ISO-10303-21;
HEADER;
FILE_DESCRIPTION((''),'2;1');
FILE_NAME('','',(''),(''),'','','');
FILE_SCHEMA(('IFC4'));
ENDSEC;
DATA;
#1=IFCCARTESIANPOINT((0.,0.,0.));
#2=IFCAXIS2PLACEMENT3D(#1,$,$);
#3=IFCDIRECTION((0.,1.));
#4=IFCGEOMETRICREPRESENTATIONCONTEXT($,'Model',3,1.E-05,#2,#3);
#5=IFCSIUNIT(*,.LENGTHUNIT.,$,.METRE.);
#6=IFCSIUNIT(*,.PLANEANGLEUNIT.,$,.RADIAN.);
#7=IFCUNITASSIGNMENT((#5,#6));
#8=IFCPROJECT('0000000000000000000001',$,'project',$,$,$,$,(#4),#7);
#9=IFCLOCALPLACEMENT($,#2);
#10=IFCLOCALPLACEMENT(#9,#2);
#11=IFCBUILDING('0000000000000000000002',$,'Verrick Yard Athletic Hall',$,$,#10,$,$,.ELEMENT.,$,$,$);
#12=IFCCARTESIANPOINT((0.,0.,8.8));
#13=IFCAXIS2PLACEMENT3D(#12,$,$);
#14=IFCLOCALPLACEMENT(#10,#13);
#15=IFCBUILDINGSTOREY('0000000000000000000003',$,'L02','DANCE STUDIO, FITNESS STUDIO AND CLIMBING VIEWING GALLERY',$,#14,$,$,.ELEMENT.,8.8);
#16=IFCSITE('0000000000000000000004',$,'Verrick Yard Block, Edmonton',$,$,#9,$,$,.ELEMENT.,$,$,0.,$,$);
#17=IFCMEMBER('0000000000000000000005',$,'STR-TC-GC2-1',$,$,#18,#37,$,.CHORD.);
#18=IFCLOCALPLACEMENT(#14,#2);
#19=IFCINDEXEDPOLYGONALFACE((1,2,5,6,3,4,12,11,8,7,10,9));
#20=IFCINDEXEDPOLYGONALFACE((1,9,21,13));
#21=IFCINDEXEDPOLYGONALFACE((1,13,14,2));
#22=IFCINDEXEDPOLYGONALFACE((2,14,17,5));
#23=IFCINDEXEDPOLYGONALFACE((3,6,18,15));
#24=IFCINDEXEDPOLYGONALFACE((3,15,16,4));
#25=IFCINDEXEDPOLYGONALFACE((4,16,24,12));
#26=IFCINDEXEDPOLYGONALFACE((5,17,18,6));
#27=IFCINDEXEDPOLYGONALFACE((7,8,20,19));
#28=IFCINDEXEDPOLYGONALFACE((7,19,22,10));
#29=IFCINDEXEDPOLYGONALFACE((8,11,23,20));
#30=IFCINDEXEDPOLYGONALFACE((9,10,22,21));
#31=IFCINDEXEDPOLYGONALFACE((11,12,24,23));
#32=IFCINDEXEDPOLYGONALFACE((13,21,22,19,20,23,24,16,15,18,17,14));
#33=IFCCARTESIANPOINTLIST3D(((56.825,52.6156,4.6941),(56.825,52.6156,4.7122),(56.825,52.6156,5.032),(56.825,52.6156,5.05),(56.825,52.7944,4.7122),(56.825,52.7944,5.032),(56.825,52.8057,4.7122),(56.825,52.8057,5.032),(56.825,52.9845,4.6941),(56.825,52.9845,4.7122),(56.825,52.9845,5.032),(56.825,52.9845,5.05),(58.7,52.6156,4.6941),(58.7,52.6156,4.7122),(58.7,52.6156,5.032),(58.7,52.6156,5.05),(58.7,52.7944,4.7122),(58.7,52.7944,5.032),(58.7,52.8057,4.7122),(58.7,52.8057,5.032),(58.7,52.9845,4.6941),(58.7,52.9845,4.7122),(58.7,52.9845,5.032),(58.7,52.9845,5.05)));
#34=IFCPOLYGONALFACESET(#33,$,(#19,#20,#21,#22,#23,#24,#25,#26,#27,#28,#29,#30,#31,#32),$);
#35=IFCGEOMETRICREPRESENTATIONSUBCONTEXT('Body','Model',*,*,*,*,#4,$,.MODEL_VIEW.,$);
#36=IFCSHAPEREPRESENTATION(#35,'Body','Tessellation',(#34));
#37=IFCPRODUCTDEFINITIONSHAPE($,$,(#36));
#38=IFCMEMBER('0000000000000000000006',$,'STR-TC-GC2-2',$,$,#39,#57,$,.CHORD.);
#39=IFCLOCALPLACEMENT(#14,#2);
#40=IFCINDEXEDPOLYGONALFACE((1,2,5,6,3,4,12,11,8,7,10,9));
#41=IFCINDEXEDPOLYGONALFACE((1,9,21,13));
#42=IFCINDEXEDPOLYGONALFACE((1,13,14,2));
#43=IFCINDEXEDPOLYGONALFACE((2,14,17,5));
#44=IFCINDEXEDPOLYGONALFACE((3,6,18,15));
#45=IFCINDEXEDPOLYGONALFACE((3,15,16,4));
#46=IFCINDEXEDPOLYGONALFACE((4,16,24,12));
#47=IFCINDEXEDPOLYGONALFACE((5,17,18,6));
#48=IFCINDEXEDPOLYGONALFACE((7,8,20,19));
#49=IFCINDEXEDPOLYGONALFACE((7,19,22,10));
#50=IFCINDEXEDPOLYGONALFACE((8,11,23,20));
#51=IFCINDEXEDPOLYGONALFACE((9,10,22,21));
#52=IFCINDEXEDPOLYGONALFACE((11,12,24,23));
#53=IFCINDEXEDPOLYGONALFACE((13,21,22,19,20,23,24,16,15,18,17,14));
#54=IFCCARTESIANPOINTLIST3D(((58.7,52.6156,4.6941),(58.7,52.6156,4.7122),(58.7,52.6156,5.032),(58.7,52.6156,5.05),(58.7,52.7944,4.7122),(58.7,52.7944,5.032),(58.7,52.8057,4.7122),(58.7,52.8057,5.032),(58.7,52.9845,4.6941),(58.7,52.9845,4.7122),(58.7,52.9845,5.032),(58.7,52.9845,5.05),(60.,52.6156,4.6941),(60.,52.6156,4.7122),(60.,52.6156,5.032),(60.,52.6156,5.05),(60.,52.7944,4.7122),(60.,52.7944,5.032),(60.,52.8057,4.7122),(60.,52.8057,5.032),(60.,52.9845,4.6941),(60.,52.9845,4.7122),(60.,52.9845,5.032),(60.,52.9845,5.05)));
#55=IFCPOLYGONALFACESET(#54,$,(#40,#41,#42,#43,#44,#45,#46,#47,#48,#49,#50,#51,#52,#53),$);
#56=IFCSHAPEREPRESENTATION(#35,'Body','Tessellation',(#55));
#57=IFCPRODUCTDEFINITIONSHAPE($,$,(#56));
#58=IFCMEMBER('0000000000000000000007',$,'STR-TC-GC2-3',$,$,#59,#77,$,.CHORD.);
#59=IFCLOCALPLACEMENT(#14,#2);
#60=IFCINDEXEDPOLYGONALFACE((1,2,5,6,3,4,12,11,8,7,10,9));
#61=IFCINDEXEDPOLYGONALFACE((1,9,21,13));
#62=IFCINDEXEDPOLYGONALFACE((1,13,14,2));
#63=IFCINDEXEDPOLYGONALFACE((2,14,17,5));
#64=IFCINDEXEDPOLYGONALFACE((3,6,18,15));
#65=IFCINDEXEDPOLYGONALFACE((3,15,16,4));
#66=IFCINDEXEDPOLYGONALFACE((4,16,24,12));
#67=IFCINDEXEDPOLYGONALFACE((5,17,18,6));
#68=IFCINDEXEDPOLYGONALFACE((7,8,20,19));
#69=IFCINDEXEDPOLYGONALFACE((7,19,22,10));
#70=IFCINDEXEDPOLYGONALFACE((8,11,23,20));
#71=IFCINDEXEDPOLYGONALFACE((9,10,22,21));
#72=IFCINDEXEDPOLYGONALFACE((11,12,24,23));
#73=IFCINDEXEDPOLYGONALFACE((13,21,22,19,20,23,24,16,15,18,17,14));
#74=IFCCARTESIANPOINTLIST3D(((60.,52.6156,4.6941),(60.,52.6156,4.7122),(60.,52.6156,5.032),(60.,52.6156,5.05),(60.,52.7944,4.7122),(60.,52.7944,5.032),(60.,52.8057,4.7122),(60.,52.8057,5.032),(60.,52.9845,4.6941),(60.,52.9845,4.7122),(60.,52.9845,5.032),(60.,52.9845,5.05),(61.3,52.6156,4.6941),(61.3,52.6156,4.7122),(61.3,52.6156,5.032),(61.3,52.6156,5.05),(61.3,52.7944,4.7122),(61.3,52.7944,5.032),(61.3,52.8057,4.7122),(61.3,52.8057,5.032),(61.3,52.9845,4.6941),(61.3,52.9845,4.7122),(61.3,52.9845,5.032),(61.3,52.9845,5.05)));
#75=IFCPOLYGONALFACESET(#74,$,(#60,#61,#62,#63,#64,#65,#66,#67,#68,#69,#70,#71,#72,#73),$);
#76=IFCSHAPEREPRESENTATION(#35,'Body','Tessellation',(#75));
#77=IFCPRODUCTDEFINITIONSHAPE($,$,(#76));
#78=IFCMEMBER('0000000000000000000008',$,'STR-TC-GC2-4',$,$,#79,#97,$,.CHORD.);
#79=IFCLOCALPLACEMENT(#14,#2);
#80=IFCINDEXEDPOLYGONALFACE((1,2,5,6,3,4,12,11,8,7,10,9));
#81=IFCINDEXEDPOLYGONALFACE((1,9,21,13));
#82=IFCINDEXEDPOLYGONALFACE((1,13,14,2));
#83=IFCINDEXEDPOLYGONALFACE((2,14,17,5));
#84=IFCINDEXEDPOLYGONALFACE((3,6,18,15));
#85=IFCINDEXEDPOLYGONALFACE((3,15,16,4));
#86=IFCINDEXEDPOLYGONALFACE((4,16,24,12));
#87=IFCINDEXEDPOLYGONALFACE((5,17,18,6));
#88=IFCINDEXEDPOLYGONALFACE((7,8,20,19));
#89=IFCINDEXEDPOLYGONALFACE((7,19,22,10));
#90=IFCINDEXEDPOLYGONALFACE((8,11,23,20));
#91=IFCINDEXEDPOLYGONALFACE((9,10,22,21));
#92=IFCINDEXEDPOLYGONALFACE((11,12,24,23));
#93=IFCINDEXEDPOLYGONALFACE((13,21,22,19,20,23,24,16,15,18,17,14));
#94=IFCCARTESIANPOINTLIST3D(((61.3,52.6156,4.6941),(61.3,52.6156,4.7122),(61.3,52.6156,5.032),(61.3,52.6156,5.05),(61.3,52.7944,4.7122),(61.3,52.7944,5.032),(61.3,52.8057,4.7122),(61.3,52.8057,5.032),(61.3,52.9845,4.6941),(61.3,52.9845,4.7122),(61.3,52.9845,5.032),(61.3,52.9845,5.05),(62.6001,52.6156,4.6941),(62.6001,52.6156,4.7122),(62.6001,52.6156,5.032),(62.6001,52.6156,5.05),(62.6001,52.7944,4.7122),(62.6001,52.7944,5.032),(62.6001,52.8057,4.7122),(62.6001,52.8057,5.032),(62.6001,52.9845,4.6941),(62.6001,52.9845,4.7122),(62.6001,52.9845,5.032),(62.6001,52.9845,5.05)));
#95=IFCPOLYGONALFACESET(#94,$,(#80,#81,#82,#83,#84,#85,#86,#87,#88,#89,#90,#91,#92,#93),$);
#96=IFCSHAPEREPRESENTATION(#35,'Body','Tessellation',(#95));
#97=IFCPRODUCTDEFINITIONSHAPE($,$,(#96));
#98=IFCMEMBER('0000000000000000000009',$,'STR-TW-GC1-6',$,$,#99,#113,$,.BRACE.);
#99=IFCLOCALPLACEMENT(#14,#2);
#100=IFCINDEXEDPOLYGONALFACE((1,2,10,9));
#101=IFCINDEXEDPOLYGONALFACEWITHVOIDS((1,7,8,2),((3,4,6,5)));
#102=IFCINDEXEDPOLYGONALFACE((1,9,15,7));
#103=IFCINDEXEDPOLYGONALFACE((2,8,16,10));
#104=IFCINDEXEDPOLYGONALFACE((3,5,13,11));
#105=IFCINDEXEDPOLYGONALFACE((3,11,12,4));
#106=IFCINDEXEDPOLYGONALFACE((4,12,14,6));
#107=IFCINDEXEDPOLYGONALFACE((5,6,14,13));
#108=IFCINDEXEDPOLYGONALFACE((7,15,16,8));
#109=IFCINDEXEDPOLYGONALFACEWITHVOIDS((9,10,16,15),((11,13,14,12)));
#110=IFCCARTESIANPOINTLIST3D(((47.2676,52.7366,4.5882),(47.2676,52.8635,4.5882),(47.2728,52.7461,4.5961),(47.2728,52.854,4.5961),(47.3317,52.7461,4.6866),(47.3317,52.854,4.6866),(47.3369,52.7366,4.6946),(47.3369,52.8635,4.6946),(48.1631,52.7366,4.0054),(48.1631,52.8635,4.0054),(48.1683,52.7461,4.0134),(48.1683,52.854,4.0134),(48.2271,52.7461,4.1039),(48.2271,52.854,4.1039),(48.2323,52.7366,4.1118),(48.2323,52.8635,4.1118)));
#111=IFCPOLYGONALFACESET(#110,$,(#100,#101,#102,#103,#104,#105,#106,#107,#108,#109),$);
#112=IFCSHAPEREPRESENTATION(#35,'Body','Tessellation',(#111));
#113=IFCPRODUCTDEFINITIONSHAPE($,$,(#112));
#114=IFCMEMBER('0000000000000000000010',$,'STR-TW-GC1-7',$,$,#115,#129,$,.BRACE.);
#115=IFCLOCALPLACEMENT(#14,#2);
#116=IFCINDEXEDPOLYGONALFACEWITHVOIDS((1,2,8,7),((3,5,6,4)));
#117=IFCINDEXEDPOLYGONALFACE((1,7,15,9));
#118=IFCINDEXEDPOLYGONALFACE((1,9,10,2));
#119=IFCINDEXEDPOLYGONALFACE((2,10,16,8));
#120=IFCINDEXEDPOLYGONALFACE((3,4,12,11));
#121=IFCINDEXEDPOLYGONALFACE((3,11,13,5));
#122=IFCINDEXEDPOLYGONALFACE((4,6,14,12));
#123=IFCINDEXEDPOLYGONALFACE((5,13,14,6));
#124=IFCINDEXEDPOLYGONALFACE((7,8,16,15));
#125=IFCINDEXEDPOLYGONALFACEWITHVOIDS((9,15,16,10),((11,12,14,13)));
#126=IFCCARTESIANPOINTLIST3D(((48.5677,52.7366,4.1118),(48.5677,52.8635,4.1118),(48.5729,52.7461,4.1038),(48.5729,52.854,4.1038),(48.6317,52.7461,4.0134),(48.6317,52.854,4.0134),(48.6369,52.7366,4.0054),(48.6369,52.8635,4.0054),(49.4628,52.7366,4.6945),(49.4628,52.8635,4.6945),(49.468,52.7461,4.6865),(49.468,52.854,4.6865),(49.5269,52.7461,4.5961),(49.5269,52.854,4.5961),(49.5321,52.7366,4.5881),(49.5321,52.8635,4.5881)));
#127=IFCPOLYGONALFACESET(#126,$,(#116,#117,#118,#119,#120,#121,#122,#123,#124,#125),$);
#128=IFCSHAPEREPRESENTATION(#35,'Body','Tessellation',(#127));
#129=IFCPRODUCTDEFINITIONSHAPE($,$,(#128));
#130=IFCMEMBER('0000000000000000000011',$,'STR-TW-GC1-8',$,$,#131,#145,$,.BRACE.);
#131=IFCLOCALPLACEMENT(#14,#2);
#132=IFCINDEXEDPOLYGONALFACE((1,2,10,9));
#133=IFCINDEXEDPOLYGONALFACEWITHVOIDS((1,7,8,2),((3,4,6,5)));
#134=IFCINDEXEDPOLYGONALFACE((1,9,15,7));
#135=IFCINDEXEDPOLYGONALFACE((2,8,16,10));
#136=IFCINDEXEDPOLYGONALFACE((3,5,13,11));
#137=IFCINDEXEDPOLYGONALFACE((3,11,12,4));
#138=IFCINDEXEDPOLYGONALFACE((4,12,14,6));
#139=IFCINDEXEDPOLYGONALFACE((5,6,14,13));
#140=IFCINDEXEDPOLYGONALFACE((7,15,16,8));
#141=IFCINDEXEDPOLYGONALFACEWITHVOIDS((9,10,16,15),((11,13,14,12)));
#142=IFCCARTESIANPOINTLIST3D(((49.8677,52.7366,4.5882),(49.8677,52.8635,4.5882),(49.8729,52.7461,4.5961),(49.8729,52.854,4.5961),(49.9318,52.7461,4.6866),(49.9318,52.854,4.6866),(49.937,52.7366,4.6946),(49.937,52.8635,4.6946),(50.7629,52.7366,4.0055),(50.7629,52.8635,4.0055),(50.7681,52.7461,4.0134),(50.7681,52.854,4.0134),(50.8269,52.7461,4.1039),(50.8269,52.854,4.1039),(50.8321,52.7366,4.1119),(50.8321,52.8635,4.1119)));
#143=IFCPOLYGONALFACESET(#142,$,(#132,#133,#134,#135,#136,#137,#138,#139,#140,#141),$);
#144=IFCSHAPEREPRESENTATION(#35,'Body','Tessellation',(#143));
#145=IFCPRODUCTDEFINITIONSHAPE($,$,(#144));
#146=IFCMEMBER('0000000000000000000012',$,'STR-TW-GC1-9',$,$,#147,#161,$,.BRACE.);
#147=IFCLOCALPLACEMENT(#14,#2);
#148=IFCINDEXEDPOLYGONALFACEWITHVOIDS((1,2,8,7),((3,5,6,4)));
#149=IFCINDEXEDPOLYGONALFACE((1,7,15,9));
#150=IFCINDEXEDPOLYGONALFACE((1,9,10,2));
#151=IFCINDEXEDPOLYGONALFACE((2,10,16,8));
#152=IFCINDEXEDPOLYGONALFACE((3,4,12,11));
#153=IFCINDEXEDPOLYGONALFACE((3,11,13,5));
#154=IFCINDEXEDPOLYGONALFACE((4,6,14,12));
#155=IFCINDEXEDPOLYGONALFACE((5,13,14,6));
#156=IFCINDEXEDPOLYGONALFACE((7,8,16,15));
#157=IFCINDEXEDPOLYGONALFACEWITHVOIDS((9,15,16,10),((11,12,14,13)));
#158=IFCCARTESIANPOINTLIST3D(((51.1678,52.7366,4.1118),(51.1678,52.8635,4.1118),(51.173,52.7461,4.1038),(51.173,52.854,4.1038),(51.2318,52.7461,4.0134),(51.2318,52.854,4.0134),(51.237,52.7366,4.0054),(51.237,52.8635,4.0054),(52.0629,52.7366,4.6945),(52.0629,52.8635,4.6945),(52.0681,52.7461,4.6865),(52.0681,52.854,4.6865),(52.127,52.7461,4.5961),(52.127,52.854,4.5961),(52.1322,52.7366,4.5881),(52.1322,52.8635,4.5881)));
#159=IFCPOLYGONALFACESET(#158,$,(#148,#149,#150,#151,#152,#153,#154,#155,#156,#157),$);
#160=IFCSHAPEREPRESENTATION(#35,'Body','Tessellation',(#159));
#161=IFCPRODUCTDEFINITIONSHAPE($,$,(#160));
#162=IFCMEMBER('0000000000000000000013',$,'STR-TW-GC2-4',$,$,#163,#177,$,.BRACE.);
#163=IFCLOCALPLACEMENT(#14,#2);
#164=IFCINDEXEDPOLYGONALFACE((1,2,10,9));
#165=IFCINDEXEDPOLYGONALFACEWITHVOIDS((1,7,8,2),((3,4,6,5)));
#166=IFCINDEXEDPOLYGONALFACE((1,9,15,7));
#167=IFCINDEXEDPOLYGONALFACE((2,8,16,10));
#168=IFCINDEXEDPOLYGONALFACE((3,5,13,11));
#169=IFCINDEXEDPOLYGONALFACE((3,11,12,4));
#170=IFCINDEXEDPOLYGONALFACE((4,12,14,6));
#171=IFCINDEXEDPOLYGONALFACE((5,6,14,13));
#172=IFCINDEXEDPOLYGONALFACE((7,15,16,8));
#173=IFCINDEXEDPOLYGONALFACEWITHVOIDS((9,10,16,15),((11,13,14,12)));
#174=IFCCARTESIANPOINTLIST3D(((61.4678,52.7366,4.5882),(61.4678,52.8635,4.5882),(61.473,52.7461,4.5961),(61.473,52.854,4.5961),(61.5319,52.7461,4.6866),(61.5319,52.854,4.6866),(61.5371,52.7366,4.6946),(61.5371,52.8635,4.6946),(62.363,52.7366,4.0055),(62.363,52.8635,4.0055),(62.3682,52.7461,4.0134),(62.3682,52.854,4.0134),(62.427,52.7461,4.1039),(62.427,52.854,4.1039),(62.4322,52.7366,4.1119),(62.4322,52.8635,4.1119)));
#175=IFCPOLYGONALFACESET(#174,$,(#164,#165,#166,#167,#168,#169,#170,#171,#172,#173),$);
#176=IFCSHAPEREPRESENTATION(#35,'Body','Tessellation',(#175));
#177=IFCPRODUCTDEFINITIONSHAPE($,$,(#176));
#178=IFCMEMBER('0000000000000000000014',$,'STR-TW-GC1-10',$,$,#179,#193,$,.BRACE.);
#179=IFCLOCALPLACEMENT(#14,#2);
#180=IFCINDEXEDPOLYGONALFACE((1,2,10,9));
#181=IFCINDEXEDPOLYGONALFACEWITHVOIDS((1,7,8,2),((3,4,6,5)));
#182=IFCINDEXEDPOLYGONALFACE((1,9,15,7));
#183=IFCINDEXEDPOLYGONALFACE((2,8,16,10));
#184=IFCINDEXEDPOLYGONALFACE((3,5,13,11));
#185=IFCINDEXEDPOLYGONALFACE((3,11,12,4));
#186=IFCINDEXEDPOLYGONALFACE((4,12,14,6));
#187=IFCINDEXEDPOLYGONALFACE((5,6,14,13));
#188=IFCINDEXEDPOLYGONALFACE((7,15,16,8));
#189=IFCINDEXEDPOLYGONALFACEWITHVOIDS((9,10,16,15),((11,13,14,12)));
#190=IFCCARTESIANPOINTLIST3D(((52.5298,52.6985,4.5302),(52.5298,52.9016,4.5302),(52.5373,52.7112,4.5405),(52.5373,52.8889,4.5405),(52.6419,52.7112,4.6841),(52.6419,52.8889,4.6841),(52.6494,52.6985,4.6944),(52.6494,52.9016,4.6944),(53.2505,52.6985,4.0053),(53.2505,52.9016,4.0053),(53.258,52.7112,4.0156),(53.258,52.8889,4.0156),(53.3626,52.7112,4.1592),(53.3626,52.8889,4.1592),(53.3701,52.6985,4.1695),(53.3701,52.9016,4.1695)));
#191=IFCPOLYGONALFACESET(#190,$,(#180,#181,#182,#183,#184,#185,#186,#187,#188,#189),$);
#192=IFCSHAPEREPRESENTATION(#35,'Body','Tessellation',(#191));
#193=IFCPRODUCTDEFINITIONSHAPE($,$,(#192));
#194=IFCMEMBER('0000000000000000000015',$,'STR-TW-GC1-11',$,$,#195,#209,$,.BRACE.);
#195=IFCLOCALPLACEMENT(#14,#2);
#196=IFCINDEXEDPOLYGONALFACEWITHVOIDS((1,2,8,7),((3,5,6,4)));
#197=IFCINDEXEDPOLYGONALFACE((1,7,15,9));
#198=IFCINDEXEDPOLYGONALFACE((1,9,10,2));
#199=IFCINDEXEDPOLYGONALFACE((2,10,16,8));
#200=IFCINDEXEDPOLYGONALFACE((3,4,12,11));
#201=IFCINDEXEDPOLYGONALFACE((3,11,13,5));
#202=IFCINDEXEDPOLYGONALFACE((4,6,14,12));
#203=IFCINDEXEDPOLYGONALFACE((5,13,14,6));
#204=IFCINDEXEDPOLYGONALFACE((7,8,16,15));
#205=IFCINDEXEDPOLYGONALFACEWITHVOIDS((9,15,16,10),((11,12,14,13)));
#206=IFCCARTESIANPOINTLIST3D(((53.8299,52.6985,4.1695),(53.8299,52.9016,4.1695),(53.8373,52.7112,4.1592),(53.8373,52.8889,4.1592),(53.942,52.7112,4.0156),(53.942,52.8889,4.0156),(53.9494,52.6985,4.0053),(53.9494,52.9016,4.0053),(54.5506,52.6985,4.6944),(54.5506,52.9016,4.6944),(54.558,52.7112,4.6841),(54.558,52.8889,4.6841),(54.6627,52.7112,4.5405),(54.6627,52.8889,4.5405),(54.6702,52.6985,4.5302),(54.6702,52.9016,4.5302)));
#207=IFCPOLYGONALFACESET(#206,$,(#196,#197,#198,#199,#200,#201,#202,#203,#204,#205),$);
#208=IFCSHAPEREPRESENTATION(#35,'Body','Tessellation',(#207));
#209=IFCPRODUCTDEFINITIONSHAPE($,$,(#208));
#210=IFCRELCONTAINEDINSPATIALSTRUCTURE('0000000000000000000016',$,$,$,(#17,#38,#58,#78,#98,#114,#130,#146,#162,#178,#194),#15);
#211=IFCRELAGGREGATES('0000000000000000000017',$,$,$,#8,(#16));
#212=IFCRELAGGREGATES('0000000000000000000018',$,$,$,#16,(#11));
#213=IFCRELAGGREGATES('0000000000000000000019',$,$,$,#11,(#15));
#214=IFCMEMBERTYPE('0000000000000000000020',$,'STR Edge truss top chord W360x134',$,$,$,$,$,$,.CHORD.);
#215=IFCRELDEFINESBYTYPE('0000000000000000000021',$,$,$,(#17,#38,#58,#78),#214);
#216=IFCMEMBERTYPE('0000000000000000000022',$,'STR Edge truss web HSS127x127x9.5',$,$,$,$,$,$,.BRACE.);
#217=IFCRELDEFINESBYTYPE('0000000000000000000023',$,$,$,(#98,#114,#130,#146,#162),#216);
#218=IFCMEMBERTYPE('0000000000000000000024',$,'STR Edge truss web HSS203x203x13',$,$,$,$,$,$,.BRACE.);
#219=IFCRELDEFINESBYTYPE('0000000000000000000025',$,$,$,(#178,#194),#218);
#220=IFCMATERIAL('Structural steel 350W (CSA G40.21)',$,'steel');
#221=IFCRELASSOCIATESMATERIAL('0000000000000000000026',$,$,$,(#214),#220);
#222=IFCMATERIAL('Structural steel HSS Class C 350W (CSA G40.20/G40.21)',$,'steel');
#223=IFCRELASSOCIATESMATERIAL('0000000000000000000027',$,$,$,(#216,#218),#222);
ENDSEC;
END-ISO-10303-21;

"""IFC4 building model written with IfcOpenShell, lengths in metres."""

from ifc_helpers import new_model, si_unit, direction, frame, origin, origin_2d, place, context, subcontext, project, spatial, hollow_rectangle, i_section, extrude, material, material_profile, profile_set, type_object, element, save


model = new_model("IFC4")

# Units and contexts
model_context = context("Model", 3, precision=1e-05, world=origin(), true_north=direction((0.0, 1.0)))
body_context = subcontext(model_context, "Body", "Model", "MODEL_VIEW")
ifc_project = project(units=[si_unit("LENGTHUNIT", "METRE"), si_unit("PLANEANGLEUNIT", "RADIAN")], contexts=[model_context])

# Site, building, storey
site_placement = place(None, origin())
site = spatial("IfcSite", under=ifc_project, at=site_placement, Name="Verrick Yard Block, Edmonton", CompositionType="ELEMENT", RefElevation=0.0)
building_placement = place(site_placement, origin())
building = spatial("IfcBuilding", under=site, at=building_placement, Name="Verrick Yard Athletic Hall", CompositionType="ELEMENT")
storey_placement = place(building_placement, frame((0.0, 0.0, 8.8)))
storey = spatial("IfcBuildingStorey", under=building, at=storey_placement, Name="L02", Description="DANCE STUDIO, FITNESS STUDIO AND CLIMBING VIEWING GALLERY", CompositionType="ELEMENT", Elevation=8.8)

# Members
ifc_material_1 = material(Name="Structural steel 350W (CSA G40.21)", Category="steel")
ifc_material_2 = material(Name="Structural steel HSS Class C 350W (CSA G40.20/G40.21)", Category="steel")
ifc_material_profile_1 = material_profile(ifc_material_1, i_section(OverallWidth=0.3689, OverallDepth=0.356, WebThickness=0.0112, FlangeThickness=0.0181, at=origin_2d()), Name="W360x134")
ifc_profile_set_1 = profile_set([ifc_material_profile_1], Name="Structural steel 350W (CSA G40.21)")
member_type_1 = type_object("IfcMemberType", Name="STR Edge truss top chord W360x134", PredefinedType="CHORD", material=ifc_profile_set_1)
for number, where, z_axis, x_axis, name in (
    (1, (56.825, 52.8, 4.8721), (1.0, 0.0, 0.0), (0.0, 1.0, 0.0), "STR-TC-GC2-1"),
):
    element("IfcMember", number, at=place(storey_placement, frame(where, z_axis=z_axis, x_axis=x_axis)), inside=storey, type_object=member_type_1, Name=name, PredefinedType="CHORD", context=body_context, shape_type="SweptSolid", body=[
        extrude(i_section(OverallWidth=0.3689, OverallDepth=0.356, WebThickness=0.0112, FlangeThickness=0.0181, at=origin_2d()), origin(), (0.0, 0.0, 1.0), 1.875),
    ])
for number, where, z_axis, x_axis, name in (
    (2, (58.7, 52.8, 4.8721), (1.0, 0.0, 0.0), (0.0, 1.0, 0.0), "STR-TC-GC2-2"),
    (3, (60.0, 52.8, 4.8721), (1.0, 0.0, 0.0), (0.0, 1.0, 0.0), "STR-TC-GC2-3"),
    (4, (61.3, 52.8, 4.8721), (1.0, 0.0, 0.0), (0.0, 1.0, 0.0), "STR-TC-GC2-4"),
):
    element("IfcMember", number, at=place(storey_placement, frame(where, z_axis=z_axis, x_axis=x_axis)), inside=storey, type_object=member_type_1, Name=name, PredefinedType="CHORD", context=body_context, shape_type="SweptSolid", body=[
        extrude(i_section(OverallWidth=0.3689, OverallDepth=0.356, WebThickness=0.0112, FlangeThickness=0.0181, at=origin_2d()), origin(), (0.0, 0.0, 1.0), 1.3),
    ])
ifc_material_profile_2 = material_profile(ifc_material_2, hollow_rectangle(XDim=0.127, YDim=0.127, WallThickness=0.0095, at=origin_2d()), Name="HSS127x127x9.5")
ifc_profile_set_2 = profile_set([ifc_material_profile_2], Name="Structural steel HSS Class C 350W (CSA G40.20/G40.21)")
member_type_2 = type_object("IfcMemberType", Name="STR Edge truss web HSS127x127x9.5", PredefinedType="BRACE", material=ifc_profile_set_2)
member_1_placement = place(storey_placement, frame((47.3022, 52.8, 4.6414), z_axis=(0.838151, 0.0, -0.545438), x_axis=(0.0, 1.0, 0.0)))
element("IfcMember", 5, at=member_1_placement, inside=storey, type_object=member_type_2, Name="STR-TW-GC1-6", PredefinedType="BRACE", context=body_context, shape_type="SweptSolid", body=[
    extrude(hollow_rectangle(XDim=0.127, YDim=0.127, WallThickness=0.0095, at=origin_2d()), origin(), (0.0, 0.0, 1.0), 1.0684),
])
for number, where, z_axis, x_axis, name in (
    (6, (48.6023, 52.8, 4.0586), (0.838083, 0.0, 0.545543), (0.0, 1.0, 0.0), "STR-TW-GC1-7"),
    (7, (49.9023, 52.8, 4.6414), (0.838083, 0.0, -0.545543), (0.0, 1.0, 0.0), "STR-TW-GC1-8"),
    (8, (51.2024, 52.8, 4.0586), (0.838083, 0.0, 0.545543), (0.0, 1.0, 0.0), "STR-TW-GC1-9"),
    (9, (61.5024, 52.8, 4.6414), (0.838083, 0.0, -0.545543), (0.0, 1.0, 0.0), "STR-TW-GC2-4"),
):
    element("IfcMember", number, at=place(storey_placement, frame(where, z_axis=z_axis, x_axis=x_axis)), inside=storey, type_object=member_type_2, Name=name, PredefinedType="BRACE", context=body_context, shape_type="SweptSolid", body=[
        extrude(hollow_rectangle(XDim=0.127, YDim=0.127, WallThickness=0.0095, at=origin_2d()), origin(), (0.0, 0.0, 1.0), 1.0681),
    ])
ifc_material_profile_3 = material_profile(ifc_material_2, hollow_rectangle(XDim=0.2031, YDim=0.2031, WallThickness=0.0127, at=origin_2d()), Name="HSS203x203x13")
ifc_profile_set_3 = profile_set([ifc_material_profile_3], Name="Structural steel HSS Class C 350W (CSA G40.20/G40.21)")
member_type_3 = type_object("IfcMemberType", Name="STR Edge truss web HSS203x203x13", PredefinedType="BRACE", material=ifc_profile_set_3)
for number, where, z_axis, x_axis, name in (
    (10, (52.5896, 52.8, 4.6123), (0.808333, 0.0, -0.588725), (0.0, 1.0, 0.0), "STR-TW-GC1-10"),
    (11, (53.8896, 52.8, 4.0874), (0.808333, 0.0, 0.588725), (0.0, 1.0, 0.0), "STR-TW-GC1-11"),
):
    element("IfcMember", number, at=place(storey_placement, frame(where, z_axis=z_axis, x_axis=x_axis)), inside=storey, type_object=member_type_3, Name=name, PredefinedType="BRACE", context=body_context, shape_type="SweptSolid", body=[
        extrude(hollow_rectangle(XDim=0.2031, YDim=0.2031, WallThickness=0.0127, at=origin_2d()), origin(), (0.0, 0.0, 1.0), 0.8916),
    ])

save(model, "model.ifc")
